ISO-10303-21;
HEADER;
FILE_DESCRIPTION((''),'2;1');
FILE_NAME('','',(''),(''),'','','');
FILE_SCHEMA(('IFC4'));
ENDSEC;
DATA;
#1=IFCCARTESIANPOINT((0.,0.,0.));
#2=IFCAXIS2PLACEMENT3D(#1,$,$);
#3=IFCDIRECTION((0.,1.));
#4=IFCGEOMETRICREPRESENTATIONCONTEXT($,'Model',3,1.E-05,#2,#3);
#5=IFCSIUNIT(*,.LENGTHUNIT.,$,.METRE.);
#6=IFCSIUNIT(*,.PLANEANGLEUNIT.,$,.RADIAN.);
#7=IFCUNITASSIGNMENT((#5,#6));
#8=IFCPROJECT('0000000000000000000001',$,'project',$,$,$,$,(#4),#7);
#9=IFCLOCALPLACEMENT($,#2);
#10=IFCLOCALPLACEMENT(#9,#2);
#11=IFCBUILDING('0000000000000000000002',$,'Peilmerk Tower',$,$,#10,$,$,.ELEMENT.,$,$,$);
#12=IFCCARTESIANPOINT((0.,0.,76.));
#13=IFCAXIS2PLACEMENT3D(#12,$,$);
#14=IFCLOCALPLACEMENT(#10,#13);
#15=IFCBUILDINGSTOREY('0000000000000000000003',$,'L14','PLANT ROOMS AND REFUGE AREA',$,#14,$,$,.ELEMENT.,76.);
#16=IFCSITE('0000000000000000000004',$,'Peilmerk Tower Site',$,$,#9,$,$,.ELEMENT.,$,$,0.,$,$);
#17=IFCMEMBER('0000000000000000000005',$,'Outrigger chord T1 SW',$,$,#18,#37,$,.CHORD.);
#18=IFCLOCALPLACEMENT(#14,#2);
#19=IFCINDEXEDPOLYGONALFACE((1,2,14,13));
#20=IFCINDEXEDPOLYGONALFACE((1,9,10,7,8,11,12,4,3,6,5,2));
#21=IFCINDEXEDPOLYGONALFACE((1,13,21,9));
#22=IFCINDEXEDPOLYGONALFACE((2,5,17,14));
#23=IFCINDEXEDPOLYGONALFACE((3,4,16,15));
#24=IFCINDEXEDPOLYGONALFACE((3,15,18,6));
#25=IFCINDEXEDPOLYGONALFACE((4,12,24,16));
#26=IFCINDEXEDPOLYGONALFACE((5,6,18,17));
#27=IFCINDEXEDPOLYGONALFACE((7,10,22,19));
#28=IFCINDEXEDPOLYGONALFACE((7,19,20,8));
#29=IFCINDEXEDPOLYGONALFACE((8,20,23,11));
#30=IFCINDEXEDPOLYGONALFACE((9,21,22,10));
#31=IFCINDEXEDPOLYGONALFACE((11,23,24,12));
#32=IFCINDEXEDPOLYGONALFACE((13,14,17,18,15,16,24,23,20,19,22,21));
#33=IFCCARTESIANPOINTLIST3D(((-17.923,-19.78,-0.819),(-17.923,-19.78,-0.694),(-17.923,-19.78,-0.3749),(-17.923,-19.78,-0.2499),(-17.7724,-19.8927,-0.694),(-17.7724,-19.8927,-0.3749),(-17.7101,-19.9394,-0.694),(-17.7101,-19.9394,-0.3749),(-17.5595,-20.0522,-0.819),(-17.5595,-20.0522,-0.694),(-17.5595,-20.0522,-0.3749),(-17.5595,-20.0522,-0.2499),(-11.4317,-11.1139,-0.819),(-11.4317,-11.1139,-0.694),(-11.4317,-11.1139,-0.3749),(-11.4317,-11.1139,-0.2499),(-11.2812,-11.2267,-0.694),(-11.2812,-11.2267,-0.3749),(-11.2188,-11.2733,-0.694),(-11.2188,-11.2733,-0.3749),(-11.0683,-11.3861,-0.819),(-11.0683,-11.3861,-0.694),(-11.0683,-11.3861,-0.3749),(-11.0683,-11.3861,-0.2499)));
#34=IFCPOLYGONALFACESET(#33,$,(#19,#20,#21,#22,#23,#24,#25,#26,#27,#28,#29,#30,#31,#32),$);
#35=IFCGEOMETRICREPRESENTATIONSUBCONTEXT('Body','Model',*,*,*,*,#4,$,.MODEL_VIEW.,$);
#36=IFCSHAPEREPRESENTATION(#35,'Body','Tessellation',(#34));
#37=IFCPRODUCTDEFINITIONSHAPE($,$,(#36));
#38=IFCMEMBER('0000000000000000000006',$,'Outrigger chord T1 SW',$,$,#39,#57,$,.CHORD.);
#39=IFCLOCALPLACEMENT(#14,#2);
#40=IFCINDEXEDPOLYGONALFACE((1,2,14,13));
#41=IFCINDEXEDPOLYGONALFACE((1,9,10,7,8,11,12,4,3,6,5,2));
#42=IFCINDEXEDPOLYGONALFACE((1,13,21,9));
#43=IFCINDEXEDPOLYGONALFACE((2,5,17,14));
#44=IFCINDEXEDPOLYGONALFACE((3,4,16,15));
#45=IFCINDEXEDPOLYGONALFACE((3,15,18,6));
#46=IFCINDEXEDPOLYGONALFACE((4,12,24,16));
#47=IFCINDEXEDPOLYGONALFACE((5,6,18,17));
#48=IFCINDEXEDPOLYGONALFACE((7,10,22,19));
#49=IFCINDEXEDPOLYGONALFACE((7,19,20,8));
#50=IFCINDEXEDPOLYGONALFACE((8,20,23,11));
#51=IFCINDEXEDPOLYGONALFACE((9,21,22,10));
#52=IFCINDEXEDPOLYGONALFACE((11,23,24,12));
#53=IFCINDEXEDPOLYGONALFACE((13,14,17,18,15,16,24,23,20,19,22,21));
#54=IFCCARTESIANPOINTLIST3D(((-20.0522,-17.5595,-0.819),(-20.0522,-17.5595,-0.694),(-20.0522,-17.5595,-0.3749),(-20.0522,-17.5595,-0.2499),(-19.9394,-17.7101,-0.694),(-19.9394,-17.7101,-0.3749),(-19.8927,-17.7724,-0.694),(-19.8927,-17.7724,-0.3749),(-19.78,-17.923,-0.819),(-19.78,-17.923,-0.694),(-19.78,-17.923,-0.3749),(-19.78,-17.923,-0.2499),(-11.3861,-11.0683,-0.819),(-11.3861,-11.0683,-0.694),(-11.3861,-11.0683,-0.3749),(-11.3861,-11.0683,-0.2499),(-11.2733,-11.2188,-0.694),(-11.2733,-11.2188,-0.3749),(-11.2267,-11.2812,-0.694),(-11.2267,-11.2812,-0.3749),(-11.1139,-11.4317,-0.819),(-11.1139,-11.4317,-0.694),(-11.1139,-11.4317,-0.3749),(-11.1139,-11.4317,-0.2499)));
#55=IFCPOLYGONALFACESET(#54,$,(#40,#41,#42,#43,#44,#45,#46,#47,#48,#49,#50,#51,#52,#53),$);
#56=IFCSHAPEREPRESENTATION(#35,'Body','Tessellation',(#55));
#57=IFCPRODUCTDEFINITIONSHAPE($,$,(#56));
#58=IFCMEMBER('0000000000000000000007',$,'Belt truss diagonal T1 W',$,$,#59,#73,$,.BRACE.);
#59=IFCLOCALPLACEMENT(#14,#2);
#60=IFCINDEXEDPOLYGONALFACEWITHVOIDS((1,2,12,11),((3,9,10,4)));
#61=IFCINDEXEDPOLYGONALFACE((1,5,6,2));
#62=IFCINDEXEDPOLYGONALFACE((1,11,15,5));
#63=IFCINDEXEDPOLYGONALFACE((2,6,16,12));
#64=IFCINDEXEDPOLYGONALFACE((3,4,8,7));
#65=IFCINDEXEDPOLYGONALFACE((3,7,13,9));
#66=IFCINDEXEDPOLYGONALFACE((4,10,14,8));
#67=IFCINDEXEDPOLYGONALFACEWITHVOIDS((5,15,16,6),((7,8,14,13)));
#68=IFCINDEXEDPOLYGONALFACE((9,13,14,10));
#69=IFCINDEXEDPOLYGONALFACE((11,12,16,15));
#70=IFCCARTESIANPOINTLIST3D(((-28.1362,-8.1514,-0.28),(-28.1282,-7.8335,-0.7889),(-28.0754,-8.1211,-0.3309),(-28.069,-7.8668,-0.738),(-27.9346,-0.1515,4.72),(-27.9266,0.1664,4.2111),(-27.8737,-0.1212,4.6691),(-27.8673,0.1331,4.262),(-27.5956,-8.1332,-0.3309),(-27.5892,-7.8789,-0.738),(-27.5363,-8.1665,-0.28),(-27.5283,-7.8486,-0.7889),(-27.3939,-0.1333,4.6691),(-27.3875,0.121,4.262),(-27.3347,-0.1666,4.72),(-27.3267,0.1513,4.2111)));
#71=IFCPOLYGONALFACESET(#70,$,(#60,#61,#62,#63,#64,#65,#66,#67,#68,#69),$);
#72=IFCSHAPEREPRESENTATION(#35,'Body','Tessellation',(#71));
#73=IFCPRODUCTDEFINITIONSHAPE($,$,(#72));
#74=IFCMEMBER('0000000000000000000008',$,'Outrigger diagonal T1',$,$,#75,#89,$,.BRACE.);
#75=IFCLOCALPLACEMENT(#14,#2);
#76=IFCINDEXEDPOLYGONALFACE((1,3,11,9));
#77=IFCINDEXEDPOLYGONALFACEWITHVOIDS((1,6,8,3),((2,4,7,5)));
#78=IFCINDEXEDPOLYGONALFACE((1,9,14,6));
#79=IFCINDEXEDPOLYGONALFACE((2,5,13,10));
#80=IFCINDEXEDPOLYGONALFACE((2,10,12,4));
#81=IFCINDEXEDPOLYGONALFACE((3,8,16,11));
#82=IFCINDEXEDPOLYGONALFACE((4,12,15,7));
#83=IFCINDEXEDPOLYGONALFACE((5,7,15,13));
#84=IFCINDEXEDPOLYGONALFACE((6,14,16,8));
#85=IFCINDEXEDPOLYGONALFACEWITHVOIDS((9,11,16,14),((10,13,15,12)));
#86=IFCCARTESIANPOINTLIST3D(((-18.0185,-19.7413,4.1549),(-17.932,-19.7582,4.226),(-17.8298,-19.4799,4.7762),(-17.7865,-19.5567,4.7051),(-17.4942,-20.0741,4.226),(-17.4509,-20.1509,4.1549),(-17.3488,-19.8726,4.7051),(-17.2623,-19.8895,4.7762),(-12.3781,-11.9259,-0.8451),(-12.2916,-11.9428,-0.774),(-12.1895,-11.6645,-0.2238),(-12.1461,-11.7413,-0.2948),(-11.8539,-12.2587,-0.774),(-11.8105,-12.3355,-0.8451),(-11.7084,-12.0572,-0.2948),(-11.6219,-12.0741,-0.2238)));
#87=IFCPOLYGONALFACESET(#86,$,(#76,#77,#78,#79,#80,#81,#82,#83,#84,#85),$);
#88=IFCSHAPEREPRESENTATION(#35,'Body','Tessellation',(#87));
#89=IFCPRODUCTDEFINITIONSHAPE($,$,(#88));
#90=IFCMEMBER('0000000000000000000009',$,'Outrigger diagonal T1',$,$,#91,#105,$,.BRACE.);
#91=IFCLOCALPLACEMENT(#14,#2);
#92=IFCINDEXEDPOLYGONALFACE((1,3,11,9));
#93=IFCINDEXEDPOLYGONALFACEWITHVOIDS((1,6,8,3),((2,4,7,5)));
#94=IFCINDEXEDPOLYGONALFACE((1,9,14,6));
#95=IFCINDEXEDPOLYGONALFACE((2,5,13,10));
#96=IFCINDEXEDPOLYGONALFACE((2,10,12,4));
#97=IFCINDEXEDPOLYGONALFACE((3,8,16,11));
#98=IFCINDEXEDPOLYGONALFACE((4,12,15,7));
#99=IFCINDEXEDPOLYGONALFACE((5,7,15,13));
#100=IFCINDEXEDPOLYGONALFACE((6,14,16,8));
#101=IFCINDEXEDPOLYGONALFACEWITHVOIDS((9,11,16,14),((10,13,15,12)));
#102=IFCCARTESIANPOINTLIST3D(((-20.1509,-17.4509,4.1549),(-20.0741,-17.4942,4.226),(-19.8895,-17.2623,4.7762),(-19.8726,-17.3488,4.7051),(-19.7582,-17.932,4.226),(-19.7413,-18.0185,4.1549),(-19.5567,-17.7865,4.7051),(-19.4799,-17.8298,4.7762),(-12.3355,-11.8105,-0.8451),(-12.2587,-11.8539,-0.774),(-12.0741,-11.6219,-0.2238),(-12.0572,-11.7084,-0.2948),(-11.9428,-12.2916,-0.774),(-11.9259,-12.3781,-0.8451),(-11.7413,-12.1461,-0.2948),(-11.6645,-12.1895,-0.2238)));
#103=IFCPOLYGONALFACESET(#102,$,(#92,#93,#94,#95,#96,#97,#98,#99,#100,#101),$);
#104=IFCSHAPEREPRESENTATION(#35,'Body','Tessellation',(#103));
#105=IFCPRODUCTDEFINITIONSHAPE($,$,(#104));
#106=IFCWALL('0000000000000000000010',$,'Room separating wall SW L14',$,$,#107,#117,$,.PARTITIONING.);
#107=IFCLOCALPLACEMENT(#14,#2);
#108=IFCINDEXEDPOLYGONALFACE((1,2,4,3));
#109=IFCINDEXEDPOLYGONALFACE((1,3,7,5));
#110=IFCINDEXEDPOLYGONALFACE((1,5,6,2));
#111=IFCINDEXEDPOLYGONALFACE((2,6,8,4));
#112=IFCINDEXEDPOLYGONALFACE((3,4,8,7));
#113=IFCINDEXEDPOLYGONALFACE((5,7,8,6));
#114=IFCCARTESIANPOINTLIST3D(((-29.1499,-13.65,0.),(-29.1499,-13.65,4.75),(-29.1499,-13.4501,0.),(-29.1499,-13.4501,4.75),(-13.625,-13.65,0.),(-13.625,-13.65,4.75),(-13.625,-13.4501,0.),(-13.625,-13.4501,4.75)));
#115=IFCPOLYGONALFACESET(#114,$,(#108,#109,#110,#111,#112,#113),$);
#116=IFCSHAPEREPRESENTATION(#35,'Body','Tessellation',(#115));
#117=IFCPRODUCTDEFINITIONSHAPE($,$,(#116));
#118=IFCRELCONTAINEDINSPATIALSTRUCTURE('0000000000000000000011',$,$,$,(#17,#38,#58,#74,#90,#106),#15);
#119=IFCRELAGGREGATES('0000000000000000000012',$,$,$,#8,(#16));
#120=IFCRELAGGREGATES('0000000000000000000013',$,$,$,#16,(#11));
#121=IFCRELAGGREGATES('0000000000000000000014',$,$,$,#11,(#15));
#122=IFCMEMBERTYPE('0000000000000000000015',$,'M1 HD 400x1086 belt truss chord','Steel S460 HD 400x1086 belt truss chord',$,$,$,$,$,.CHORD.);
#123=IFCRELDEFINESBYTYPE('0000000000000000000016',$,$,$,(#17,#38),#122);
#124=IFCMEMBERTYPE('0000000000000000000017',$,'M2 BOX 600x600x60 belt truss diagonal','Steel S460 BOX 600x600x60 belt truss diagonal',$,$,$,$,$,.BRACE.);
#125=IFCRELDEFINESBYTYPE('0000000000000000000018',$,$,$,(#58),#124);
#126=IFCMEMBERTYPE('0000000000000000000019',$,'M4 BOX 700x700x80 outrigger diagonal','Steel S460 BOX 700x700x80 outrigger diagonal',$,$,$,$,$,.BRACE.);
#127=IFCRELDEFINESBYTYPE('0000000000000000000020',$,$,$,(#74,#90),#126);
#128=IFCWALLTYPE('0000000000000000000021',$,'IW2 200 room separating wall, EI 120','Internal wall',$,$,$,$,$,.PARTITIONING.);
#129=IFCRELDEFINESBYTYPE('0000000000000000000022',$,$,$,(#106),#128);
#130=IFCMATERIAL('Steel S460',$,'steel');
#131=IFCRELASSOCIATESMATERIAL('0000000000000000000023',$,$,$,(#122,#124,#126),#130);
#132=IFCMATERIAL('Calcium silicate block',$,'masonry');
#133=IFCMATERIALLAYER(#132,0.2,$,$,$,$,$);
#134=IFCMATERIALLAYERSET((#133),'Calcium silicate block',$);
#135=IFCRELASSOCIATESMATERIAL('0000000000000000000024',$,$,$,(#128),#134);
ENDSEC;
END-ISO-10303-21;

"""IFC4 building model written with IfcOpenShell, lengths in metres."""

from ifc_helpers import new_model, si_unit, direction, frame, frame_2d, origin, origin_2d, place, context, subcontext, project, spatial, rectangle, hollow_rectangle, i_section, extrude, material, layer, layer_set, material_profile, profile_set, type_object, element, save


model = new_model("IFC4")

# Units and contexts
model_context = context("Model", 3, precision=1e-05, world=origin(), true_north=direction((0.0, 1.0)))
body_context = subcontext(model_context, "Body", "Model", "MODEL_VIEW")
ifc_project = project(units=[si_unit("LENGTHUNIT", "METRE"), si_unit("PLANEANGLEUNIT", "RADIAN")], contexts=[model_context])

# Site, building, storey
site_placement = place(None, origin())
site = spatial("IfcSite", under=ifc_project, at=site_placement, Name="Peilmerk Tower Site", CompositionType="ELEMENT", RefElevation=0.0)
building_placement = place(site_placement, origin())
building = spatial("IfcBuilding", under=site, at=building_placement, Name="Peilmerk Tower", CompositionType="ELEMENT")
storey_placement = place(building_placement, frame((0.0, 0.0, 76.0)))
storey = spatial("IfcBuildingStorey", under=building, at=storey_placement, Name="L14", Description="PLANT ROOMS AND REFUGE AREA", CompositionType="ELEMENT", Elevation=76.0)

# Shared definitions
ifc_material_1 = material(Name="Steel S460", Category="steel")

# Members
ifc_material_profile_1 = material_profile(ifc_material_1, i_section(OverallWidth=0.4541, OverallDepth=0.5691, WebThickness=0.0779, FlangeThickness=0.125, at=origin_2d()), Name="HD 400x1086")
ifc_profile_set_1 = profile_set([ifc_material_profile_1], Name="Steel S460")
member_type_1 = type_object("IfcMemberType", Name="M1 HD 400x1086 belt truss chord", Description="Steel S460 HD 400x1086 belt truss chord", PredefinedType="CHORD", material=ifc_profile_set_1)
for number, where, z_axis, x_axis, name in (
    (1, (-11.25, -11.25, -0.5344), (-0.599509, -0.800368, 0.0), (0.800368, -0.599509, 0.0), "Outrigger chord T1 SW"),
    (2, (-11.25, -11.25, -0.5344), (-0.800368, -0.599509, 0.0), (0.599509, -0.800368, 0.0), "Outrigger chord T1 SW"),
):
    element("IfcMember", number, at=place(storey_placement, frame(where, z_axis=z_axis, x_axis=x_axis)), inside=storey, type_object=member_type_1, Name=name, PredefinedType="CHORD", context=body_context, shape_type="SweptSolid", body=[
        extrude(i_section(OverallWidth=0.4541, OverallDepth=0.5691, WebThickness=0.0779, FlangeThickness=0.125, at=origin_2d()), origin(), (0.0, 0.0, 1.0), 10.8276),
    ])
ifc_material_profile_2 = material_profile(ifc_material_1, hollow_rectangle(XDim=0.6001, YDim=0.6001, WallThickness=0.0601, at=origin_2d()), Name="BOX 600x600x60")
ifc_profile_set_2 = profile_set([ifc_material_profile_2], Name="Steel S460")
member_type_2 = type_object("IfcMemberType", Name="M2 BOX 600x600x60 belt truss diagonal", Description="Steel S460 BOX 600x600x60 belt truss diagonal", PredefinedType="BRACE", material=ifc_profile_set_2)
member_placement = place(storey_placement, frame((-27.8323, -8.0, -0.5344), z_axis=(0.021371, 0.847805, 0.529878), x_axis=(-0.999682, 0.0252, 0.0)))
element("IfcMember", 3, at=member_placement, inside=storey, type_object=member_type_2, Name="Belt truss diagonal T1 W", PredefinedType="BRACE", context=body_context, shape_type="SweptSolid", body=[
    extrude(hollow_rectangle(XDim=0.6001, YDim=0.6001, WallThickness=0.0601, at=origin_2d()), origin(), (0.0, 0.0, 1.0), 9.436),
])
ifc_material_profile_3 = material_profile(ifc_material_1, hollow_rectangle(XDim=0.7, YDim=0.7, WallThickness=0.0801, at=origin_2d()), Name="BOX 700x700x80")
ifc_profile_set_3 = profile_set([ifc_material_profile_3], Name="Steel S460")
member_type_3 = type_object("IfcMemberType", Name="M4 BOX 700x700x80 outrigger diagonal", Description="Steel S460 BOX 700x700x80 outrigger diagonal", PredefinedType="BRACE", material=ifc_profile_set_3)
for number, where, z_axis, x_axis, name in (
    (4, (-12.0, -12.0, -0.5344), (-0.519471, -0.719789, 0.460493), (0.810881, -0.585211, 0.0), "Outrigger diagonal T1"),
    (5, (-12.0, -12.0, -0.5344), (-0.719789, -0.519471, 0.460493), (0.585211, -0.810881, 0.0), "Outrigger diagonal T1"),
):
    element("IfcMember", number, at=place(storey_placement, frame(where, z_axis=z_axis, x_axis=x_axis)), inside=storey, type_object=member_type_3, Name=name, PredefinedType="BRACE", context=body_context, shape_type="SweptSolid", body=[
        extrude(hollow_rectangle(XDim=0.7, YDim=0.7, WallThickness=0.0801, at=origin_2d()), origin(), (0.0, 0.0, 1.0), 10.8579),
    ])

# Wall
ifc_material_2 = material(Name="Calcium silicate block", Category="masonry")
ifc_layer = layer(ifc_material_2, 0.2)
ifc_layer_set = layer_set([ifc_layer], Name="Calcium silicate block")
wall_type = type_object("IfcWallType", Name="IW2 200 room separating wall, EI 120", Description="Internal wall", PredefinedType="PARTITIONING", material=ifc_layer_set)
wall_placement = place(storey_placement, frame((-13.625, -13.55, 0.0), z_axis=(0.0, 0.0, 1.0), x_axis=(-1.0, 0.0, 0.0)))
element("IfcWall", 6, at=wall_placement, inside=storey, type_object=wall_type, Name="Room separating wall SW L14", PredefinedType="PARTITIONING", context=body_context, shape_type="SweptSolid", body=[
    extrude(rectangle(XDim=15.5249, YDim=0.2, at=frame_2d((7.7625, 0.0))), origin(), (0.0, 0.0, 1.0), 4.75),
])

save(model, "model.ifc")
